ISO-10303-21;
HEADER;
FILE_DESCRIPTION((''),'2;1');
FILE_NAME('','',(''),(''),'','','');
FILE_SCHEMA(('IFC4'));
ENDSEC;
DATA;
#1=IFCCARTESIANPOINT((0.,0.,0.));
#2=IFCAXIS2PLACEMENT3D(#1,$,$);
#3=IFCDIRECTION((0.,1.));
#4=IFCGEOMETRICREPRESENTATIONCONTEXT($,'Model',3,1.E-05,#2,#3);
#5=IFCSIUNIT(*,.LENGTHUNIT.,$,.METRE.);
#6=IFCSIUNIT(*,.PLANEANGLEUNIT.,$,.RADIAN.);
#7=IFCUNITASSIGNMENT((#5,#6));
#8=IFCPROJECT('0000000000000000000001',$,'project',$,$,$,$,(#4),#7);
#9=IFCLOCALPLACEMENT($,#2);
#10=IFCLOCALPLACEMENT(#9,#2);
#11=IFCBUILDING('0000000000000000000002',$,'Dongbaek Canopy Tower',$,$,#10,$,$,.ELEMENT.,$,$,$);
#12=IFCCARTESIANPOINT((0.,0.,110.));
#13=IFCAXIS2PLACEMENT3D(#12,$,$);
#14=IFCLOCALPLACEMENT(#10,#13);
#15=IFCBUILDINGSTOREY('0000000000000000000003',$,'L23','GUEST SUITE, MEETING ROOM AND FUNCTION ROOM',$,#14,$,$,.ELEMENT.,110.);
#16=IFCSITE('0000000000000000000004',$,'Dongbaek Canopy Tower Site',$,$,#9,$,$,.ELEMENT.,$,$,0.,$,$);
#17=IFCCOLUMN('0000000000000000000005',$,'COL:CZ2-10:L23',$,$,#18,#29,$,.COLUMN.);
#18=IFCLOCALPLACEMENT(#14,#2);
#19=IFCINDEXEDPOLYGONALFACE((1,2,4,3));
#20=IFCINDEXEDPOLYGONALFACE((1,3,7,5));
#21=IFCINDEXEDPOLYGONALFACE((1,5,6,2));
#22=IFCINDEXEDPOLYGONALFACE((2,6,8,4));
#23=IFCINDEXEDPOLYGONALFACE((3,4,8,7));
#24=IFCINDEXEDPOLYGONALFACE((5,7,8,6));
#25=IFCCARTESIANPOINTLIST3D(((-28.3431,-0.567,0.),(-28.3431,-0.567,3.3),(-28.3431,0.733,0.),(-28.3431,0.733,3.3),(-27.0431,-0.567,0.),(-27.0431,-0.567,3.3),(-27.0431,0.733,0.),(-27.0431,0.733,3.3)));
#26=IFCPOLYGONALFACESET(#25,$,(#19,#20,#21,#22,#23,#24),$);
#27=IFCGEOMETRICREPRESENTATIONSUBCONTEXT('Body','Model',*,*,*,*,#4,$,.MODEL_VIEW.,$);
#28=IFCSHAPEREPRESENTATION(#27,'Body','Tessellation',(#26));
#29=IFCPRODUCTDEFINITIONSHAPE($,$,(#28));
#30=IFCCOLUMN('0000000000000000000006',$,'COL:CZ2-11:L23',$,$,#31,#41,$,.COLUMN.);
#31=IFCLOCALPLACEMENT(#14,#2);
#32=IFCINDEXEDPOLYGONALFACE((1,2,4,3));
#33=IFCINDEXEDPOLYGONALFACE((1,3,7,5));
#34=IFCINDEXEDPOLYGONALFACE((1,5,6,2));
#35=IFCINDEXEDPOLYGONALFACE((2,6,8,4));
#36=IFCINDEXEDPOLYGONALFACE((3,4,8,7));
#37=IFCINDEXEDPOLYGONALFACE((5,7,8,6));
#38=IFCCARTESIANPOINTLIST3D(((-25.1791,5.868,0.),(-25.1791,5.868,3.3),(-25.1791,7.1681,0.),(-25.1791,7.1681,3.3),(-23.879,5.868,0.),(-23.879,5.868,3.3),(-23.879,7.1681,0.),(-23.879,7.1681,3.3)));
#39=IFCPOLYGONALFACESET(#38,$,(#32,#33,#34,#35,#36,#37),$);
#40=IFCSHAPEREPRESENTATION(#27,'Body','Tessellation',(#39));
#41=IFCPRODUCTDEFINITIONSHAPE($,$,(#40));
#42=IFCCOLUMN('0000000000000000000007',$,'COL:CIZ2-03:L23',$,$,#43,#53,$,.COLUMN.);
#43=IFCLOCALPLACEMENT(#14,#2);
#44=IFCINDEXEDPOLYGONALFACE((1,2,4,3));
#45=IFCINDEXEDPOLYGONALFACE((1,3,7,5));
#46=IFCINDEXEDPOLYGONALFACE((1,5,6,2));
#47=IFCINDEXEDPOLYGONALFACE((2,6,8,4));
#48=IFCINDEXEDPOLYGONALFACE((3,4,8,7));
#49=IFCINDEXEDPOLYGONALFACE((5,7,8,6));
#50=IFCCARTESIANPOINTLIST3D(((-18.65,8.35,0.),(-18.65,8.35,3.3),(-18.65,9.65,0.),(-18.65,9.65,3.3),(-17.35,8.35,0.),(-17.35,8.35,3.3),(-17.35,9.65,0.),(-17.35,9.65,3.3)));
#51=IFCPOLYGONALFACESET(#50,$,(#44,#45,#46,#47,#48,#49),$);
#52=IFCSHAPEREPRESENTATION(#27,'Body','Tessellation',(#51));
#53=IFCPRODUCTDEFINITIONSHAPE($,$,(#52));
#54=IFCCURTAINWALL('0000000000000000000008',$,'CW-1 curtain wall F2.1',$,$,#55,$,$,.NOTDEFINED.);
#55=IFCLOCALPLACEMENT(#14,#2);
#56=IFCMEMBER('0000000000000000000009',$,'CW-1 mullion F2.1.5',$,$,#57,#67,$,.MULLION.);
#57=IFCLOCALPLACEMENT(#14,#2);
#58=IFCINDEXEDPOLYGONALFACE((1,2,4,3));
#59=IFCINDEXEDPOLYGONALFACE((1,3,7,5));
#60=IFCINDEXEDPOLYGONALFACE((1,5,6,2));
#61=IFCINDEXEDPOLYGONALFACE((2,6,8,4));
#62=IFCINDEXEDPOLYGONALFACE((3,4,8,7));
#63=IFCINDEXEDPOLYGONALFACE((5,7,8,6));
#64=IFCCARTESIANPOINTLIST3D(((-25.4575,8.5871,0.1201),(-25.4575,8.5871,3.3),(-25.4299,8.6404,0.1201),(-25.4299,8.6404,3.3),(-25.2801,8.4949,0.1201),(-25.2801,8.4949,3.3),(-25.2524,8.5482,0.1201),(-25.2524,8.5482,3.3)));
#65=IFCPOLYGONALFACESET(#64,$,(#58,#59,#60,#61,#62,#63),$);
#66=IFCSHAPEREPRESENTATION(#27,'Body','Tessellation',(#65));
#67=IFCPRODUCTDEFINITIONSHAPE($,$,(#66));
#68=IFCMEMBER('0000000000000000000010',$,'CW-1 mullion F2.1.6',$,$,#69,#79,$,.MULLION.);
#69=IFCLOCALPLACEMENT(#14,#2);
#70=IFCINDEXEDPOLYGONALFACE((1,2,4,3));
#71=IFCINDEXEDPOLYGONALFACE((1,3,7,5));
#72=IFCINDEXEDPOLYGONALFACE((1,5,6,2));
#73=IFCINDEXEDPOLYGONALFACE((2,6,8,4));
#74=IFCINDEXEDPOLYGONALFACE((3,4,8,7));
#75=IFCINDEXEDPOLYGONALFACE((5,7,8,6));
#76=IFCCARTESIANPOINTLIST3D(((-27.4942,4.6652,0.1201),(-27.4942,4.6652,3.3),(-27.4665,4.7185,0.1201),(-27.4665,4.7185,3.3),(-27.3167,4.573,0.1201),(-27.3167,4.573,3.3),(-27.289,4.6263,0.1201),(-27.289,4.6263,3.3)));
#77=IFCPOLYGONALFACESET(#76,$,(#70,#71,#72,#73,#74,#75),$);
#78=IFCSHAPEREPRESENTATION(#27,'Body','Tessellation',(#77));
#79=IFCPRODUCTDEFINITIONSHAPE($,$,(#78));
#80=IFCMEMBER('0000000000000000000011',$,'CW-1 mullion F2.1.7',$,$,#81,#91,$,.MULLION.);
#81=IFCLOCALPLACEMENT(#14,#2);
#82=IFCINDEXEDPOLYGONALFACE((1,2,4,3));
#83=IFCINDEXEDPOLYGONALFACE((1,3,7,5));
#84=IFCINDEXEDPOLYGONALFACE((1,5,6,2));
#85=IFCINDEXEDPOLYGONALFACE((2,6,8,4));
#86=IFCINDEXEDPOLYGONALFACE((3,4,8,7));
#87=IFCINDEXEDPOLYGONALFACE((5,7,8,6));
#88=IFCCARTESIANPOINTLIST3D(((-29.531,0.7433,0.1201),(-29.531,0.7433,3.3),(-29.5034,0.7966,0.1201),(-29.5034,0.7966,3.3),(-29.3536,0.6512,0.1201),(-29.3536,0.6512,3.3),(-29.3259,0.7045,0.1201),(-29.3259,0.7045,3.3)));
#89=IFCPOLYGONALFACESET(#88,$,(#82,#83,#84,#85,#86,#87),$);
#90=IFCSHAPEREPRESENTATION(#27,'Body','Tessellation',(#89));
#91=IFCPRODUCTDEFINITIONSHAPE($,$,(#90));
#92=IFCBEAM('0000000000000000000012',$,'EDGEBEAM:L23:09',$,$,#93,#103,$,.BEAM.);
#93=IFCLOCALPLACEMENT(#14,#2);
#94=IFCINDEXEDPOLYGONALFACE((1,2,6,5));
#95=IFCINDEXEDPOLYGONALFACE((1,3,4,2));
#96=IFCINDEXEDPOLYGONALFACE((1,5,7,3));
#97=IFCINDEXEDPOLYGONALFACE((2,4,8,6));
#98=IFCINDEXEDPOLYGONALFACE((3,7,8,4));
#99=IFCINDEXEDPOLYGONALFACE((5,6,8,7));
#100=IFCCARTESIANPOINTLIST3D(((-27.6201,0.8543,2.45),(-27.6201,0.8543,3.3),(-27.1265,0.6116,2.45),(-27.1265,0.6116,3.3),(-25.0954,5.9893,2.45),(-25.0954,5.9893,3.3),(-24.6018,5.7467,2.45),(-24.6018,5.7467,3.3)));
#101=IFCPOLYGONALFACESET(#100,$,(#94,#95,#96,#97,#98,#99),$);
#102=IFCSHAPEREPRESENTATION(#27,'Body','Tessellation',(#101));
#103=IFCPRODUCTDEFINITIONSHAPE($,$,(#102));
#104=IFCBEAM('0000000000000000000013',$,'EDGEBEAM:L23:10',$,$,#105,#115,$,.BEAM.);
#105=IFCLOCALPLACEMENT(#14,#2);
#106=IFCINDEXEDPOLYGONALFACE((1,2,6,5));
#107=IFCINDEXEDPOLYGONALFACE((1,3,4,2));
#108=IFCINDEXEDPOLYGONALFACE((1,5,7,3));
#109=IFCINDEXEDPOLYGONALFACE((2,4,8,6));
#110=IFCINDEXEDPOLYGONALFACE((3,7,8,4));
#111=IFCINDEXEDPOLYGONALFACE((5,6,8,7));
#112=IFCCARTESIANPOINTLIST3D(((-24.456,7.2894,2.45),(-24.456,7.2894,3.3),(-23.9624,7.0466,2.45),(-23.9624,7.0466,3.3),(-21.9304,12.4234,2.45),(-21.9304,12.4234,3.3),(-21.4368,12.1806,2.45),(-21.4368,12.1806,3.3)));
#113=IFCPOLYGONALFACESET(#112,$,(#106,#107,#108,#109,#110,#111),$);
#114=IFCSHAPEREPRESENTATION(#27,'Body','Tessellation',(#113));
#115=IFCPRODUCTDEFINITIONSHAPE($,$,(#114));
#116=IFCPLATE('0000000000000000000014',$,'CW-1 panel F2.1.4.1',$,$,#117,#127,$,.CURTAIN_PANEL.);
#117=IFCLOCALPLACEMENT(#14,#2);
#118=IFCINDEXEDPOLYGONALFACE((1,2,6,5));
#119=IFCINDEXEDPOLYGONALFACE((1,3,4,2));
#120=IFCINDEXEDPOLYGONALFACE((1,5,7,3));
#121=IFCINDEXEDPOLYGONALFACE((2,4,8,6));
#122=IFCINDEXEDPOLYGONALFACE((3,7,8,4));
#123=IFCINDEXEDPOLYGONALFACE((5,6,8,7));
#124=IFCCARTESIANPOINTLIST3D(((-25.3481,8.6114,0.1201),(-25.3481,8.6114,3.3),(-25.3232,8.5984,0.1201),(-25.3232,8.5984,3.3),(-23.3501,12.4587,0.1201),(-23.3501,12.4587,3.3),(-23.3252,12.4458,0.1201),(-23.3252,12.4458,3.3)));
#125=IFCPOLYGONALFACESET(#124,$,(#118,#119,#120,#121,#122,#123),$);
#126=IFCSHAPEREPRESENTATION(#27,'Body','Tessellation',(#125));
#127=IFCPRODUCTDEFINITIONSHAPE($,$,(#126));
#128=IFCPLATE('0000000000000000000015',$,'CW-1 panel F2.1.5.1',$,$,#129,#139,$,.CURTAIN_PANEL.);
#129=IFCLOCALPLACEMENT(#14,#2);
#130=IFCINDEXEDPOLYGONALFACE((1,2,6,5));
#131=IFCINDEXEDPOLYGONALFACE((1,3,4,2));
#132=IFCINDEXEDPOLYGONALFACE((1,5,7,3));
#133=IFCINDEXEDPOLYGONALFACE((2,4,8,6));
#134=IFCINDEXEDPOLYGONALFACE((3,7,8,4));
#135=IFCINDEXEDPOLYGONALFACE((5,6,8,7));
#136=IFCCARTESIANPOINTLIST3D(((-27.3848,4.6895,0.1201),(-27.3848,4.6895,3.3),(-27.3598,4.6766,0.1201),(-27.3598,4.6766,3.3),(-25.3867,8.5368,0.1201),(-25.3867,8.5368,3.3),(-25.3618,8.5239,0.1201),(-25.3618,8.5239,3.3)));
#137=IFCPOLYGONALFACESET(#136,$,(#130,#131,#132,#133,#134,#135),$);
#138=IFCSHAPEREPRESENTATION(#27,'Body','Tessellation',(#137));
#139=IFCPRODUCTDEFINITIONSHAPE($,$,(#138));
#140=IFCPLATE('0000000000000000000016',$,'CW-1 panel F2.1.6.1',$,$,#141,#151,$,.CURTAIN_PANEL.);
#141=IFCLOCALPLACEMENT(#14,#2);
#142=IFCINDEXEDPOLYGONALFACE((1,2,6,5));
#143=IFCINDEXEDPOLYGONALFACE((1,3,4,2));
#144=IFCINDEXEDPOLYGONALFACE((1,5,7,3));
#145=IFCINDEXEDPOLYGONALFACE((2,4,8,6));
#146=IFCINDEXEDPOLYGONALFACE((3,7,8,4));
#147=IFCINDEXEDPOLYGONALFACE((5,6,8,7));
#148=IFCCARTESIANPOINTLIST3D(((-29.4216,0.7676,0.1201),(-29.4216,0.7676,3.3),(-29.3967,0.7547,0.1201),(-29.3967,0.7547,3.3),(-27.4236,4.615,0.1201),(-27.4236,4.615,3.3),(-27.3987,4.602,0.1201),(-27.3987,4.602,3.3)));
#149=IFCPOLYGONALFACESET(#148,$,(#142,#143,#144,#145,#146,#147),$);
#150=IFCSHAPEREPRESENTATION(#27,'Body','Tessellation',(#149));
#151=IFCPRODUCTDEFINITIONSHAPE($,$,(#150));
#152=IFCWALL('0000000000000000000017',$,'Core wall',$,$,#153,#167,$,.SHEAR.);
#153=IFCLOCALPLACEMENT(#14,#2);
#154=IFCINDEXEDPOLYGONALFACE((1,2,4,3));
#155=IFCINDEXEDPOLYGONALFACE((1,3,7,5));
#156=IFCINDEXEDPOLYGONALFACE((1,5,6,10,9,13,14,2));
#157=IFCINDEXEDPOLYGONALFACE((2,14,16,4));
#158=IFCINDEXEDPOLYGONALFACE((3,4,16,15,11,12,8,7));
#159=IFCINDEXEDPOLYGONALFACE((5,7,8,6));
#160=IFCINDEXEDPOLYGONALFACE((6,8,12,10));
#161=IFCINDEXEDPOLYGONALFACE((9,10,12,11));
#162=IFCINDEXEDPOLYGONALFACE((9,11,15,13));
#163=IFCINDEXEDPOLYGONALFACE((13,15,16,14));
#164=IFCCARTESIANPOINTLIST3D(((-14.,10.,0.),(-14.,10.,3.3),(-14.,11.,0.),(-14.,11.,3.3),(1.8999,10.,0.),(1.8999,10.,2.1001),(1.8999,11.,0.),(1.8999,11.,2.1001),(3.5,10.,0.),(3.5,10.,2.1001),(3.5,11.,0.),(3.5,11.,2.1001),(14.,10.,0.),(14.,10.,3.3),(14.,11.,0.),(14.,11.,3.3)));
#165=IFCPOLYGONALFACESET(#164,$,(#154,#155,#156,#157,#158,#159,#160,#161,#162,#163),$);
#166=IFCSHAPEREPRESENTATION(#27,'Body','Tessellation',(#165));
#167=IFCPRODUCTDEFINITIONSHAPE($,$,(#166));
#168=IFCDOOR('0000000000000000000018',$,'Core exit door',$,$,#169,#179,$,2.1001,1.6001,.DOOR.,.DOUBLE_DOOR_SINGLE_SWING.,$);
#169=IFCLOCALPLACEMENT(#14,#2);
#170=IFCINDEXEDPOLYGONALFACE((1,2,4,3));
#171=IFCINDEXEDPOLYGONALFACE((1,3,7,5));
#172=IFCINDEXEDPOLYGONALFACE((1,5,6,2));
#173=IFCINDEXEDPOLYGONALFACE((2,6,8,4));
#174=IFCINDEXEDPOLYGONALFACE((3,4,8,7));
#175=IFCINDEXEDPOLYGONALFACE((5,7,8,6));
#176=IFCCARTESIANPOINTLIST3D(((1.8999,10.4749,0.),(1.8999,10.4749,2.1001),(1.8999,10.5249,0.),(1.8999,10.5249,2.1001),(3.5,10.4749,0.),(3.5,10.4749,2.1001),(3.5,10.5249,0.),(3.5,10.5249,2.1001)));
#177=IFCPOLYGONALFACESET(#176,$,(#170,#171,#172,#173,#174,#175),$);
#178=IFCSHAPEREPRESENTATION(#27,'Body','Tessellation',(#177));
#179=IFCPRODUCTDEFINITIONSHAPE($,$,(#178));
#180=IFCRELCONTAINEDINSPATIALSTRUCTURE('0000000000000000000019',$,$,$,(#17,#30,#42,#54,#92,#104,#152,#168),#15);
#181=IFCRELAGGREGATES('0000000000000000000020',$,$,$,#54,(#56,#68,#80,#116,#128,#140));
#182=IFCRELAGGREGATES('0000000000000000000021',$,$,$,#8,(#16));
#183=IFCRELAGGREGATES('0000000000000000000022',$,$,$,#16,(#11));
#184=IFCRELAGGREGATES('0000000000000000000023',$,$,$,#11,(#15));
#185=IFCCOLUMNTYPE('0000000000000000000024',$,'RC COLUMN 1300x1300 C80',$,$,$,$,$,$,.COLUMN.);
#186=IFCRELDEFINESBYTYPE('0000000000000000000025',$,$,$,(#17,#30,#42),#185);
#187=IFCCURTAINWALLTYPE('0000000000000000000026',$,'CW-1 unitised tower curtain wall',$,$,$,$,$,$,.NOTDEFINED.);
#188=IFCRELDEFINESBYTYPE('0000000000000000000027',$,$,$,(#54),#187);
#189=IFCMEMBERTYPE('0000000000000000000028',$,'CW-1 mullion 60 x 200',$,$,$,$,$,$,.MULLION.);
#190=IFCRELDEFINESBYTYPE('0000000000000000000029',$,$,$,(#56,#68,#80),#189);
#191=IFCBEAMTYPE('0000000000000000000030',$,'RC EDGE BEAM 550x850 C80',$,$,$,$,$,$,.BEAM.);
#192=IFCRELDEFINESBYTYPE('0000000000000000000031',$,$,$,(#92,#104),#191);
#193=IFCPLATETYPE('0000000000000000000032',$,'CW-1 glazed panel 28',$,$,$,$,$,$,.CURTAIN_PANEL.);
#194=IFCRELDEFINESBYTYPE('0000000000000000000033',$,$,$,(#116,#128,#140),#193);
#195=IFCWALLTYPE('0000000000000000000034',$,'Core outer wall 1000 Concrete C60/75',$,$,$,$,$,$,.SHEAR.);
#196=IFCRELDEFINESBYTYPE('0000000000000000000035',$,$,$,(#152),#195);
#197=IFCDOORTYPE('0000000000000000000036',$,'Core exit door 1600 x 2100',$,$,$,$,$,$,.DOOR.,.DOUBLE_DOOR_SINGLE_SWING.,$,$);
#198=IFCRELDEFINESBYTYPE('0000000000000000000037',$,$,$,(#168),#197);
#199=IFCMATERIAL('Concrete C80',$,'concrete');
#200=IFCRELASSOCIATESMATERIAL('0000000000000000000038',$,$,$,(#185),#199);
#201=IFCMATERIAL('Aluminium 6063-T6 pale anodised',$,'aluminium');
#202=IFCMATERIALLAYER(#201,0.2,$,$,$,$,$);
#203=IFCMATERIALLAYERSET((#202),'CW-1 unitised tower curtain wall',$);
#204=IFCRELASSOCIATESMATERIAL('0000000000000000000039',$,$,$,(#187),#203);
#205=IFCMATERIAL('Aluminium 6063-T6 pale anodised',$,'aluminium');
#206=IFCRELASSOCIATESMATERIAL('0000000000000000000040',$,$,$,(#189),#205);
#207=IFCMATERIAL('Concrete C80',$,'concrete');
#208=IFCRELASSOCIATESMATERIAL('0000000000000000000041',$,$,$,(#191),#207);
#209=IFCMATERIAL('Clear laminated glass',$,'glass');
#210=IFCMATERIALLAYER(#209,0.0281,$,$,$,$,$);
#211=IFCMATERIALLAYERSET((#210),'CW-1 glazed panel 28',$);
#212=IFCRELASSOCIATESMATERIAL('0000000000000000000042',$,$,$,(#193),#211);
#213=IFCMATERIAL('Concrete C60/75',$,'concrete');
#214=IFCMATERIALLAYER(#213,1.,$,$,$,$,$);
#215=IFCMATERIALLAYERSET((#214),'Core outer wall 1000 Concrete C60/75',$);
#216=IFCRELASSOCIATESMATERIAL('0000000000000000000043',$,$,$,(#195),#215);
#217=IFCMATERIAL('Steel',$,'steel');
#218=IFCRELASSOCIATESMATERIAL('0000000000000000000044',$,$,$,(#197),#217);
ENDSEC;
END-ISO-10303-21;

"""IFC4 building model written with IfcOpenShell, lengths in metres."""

from ifc_helpers import new_model, si_unit, direction, frame, frame_2d, origin, origin_2d, place, context, subcontext, project, spatial, rectangle, extrude, material, layer, layer_set, material_profile, profile_set, type_object, element, fill, aggregate, save


model = new_model("IFC4")

# Units and contexts
model_context = context("Model", 3, precision=1e-05, world=origin(), true_north=direction((0.0, 1.0)))
body_context = subcontext(model_context, "Body", "Model", "MODEL_VIEW")
ifc_project = project(units=[si_unit("LENGTHUNIT", "METRE"), si_unit("PLANEANGLEUNIT", "RADIAN")], contexts=[model_context])

# Site, building, storey
site_placement = place(None, origin())
site = spatial("IfcSite", under=ifc_project, at=site_placement, Name="Dongbaek Canopy Tower Site", CompositionType="ELEMENT", RefElevation=0.0)
building_placement = place(site_placement, origin())
building = spatial("IfcBuilding", under=site, at=building_placement, Name="Dongbaek Canopy Tower", CompositionType="ELEMENT")
storey_placement = place(building_placement, frame((0.0, 0.0, 110.0)))
storey = spatial("IfcBuildingStorey", under=building, at=storey_placement, Name="L23", Description="GUEST SUITE, MEETING ROOM AND FUNCTION ROOM", CompositionType="ELEMENT", Elevation=110.0)

# Columns
ifc_material_1 = material(Name="Concrete C80", Category="concrete")
ifc_material_profile_1 = material_profile(ifc_material_1, rectangle(XDim=1.3, YDim=1.3, at=origin_2d()), Name="RC COLUMN 1300x1300 C80")
ifc_profile_set_1 = profile_set([ifc_material_profile_1], Name="Concrete C80")
column_type = type_object("IfcColumnType", Name="RC COLUMN 1300x1300 C80", PredefinedType="COLUMN", material=ifc_profile_set_1)
for number, where, z_axis, x_axis, name in (
    (1, (-27.6931, 0.083, 0.0), (0.0, 0.0, 1.0), (1.0, 0.0, 0.0), "COL:CZ2-10:L23"),
    (2, (-24.5291, 6.5181, 0.0), (0.0, 0.0, 1.0), (1.0, 0.0, 0.0), "COL:CZ2-11:L23"),
    (3, (-18.0, 9.0, 0.0), (0.0, 0.0, 1.0), (1.0, 0.0, 0.0), "COL:CIZ2-03:L23"),
):
    element("IfcColumn", number, at=place(storey_placement, frame(where, z_axis=z_axis, x_axis=x_axis)), inside=storey, type_object=column_type, Name=name, PredefinedType="COLUMN", context=body_context, shape_type="SweptSolid", body=[
        extrude(rectangle(XDim=1.3, YDim=1.3, at=origin_2d()), origin(), (0.0, 0.0, 1.0), 3.3),
    ])

# Curtain wall, members
ifc_material_2 = material(Name="Aluminium 6063-T6 pale anodised", Category="aluminium")
ifc_layer_1 = layer(ifc_material_2, 0.2)
ifc_layer_set_1 = layer_set([ifc_layer_1], Name="CW-1 unitised tower curtain wall")
curtain_wall_type = type_object("IfcCurtainWallType", Name="CW-1 unitised tower curtain wall", PredefinedType="NOTDEFINED", material=ifc_layer_set_1)
curtain_wall_placement = place(storey_placement, origin())
curtain_wall = element("IfcCurtainWall", 4, at=curtain_wall_placement, inside=storey, type_object=curtain_wall_type, Name="CW-1 curtain wall F2.1", PredefinedType="NOTDEFINED")
ifc_material_3 = material(Name="Aluminium 6063-T6 pale anodised", Category="aluminium")
ifc_material_profile_2 = material_profile(ifc_material_3, rectangle(XDim=0.2, YDim=0.0601, at=origin_2d()), Name="CW-1 mullion 60 x 200")
ifc_profile_set_2 = profile_set([ifc_material_profile_2], Name="Aluminium 6063-T6 pale anodised")
member_type = type_object("IfcMemberType", Name="CW-1 mullion 60 x 200", PredefinedType="MULLION", material=ifc_profile_set_2)
member_1_placement = place(storey_placement, frame((-25.355, 8.5676, 0.1201), z_axis=(0.0, 0.0, 1.0), x_axis=(-0.887463, 0.46088, 0.0)))
member_1 = element("IfcMember", 5, at=member_1_placement, type_object=member_type, Name="CW-1 mullion F2.1.5", PredefinedType="MULLION", context=body_context, shape_type="SweptSolid", body=[
    extrude(rectangle(XDim=0.2, YDim=0.0601, at=origin_2d()), origin(), (0.0, 0.0, 1.0), 3.1799),
])
member_2_placement = place(storey_placement, frame((-27.3916, 4.6458, 0.1201), z_axis=(0.0, 0.0, 1.0), x_axis=(-0.887463, 0.46088, 0.0)))
member_2 = element("IfcMember", 6, at=member_2_placement, type_object=member_type, Name="CW-1 mullion F2.1.6", PredefinedType="MULLION", context=body_context, shape_type="SweptSolid", body=[
    extrude(rectangle(XDim=0.2, YDim=0.0601, at=origin_2d()), origin(), (0.0, 0.0, 1.0), 3.1799),
])
member_3_placement = place(storey_placement, frame((-29.4285, 0.7239, 0.1201), z_axis=(0.0, 0.0, 1.0), x_axis=(-0.887463, 0.46088, 0.0)))
member_3 = element("IfcMember", 7, at=member_3_placement, type_object=member_type, Name="CW-1 mullion F2.1.7", PredefinedType="MULLION", context=body_context, shape_type="SweptSolid", body=[
    extrude(rectangle(XDim=0.2, YDim=0.0601, at=origin_2d()), origin(), (0.0, 0.0, 1.0), 3.1799),
])

# Beams
ifc_material_4 = material(Name="Concrete C80", Category="concrete")
ifc_material_profile_3 = material_profile(ifc_material_4, rectangle(XDim=0.55, YDim=0.8501, at=origin_2d()), Name="RC EDGE BEAM 550x850 C80")
ifc_profile_set_3 = profile_set([ifc_material_profile_3], Name="Concrete C80")
beam_type = type_object("IfcBeamType", Name="RC EDGE BEAM 550x850 C80", PredefinedType="BEAM", material=ifc_profile_set_3)
beam_1_placement = place(storey_placement, frame((-27.3733, 0.7329, 2.875), z_axis=(0.441213, 0.897402, 0.0), x_axis=(-0.897402, 0.441213, 0.0)))
element("IfcBeam", 8, at=beam_1_placement, inside=storey, type_object=beam_type, Name="EDGEBEAM:L23:09", PredefinedType="BEAM", context=body_context, shape_type="SweptSolid", body=[
    extrude(rectangle(XDim=0.55, YDim=0.8501, at=origin_2d()), origin(), (0.0, 0.0, 1.0), 5.7222),
])
beam_2_placement = place(storey_placement, frame((-24.2092, 7.168, 2.875), z_axis=(0.441418, 0.897301, 0.0), x_axis=(-0.897301, 0.441418, 0.0)))
element("IfcBeam", 9, at=beam_2_placement, inside=storey, type_object=beam_type, Name="EDGEBEAM:L23:10", PredefinedType="BEAM", context=body_context, shape_type="SweptSolid", body=[
    extrude(rectangle(XDim=0.55, YDim=0.8501, at=origin_2d()), origin(), (0.0, 0.0, 1.0), 5.7217),
])

# Plates
ifc_material_5 = material(Name="Clear laminated glass", Category="glass")
ifc_layer_2 = layer(ifc_material_5, 0.0281)
ifc_layer_set_2 = layer_set([ifc_layer_2], Name="CW-1 glazed panel 28")
plate_type = type_object("IfcPlateType", Name="CW-1 glazed panel 28", PredefinedType="CURTAIN_PANEL", material=ifc_layer_set_2)
plate_1_placement = place(storey_placement, frame((-24.3367, 10.5286, 0.1201), z_axis=(0.0, 0.0, 1.0), x_axis=(-0.46088, -0.887463, 0.0)))
plate_1 = element("IfcPlate", 10, at=plate_1_placement, type_object=plate_type, Name="CW-1 panel F2.1.4.1", PredefinedType="CURTAIN_PANEL", context=body_context, shape_type="SweptSolid", body=[
    extrude(rectangle(XDim=4.3352, YDim=0.0281, at=origin_2d()), origin(), (0.0, 0.0, 1.0), 3.1799),
])
plate_2_placement = place(storey_placement, frame((-26.3733, 6.6067, 0.1201), z_axis=(0.0, 0.0, 1.0), x_axis=(-0.46088, -0.887463, 0.0)))
plate_2 = element("IfcPlate", 11, at=plate_2_placement, type_object=plate_type, Name="CW-1 panel F2.1.5.1", PredefinedType="CURTAIN_PANEL", context=body_context, shape_type="SweptSolid", body=[
    extrude(rectangle(XDim=4.3352, YDim=0.0281, at=origin_2d()), origin(), (0.0, 0.0, 1.0), 3.1799),
])
plate_3_placement = place(storey_placement, frame((-28.4102, 2.6848, 0.1201), z_axis=(0.0, 0.0, 1.0), x_axis=(-0.46088, -0.887463, 0.0)))
plate_3 = element("IfcPlate", 12, at=plate_3_placement, type_object=plate_type, Name="CW-1 panel F2.1.6.1", PredefinedType="CURTAIN_PANEL", context=body_context, shape_type="SweptSolid", body=[
    extrude(rectangle(XDim=4.3352, YDim=0.0281, at=origin_2d()), origin(), (0.0, 0.0, 1.0), 3.1799),
])

# Wall, opening, door
ifc_material_6 = material(Name="Concrete C60/75", Category="concrete")
ifc_layer_3 = layer(ifc_material_6, 1.0)
ifc_layer_set_3 = layer_set([ifc_layer_3], Name="Core outer wall 1000 Concrete C60/75")
wall_type_1 = type_object("IfcWallType", Name="Core outer wall 1000 Concrete C60/75", PredefinedType="SHEAR", material=ifc_layer_set_3)
wall_1_placement = place(storey_placement, frame((-14.0, 10.5, 0.0), z_axis=(0.0, 0.0, 1.0), x_axis=(1.0, 0.0, 0.0)))
wall_1 = element("IfcWall", 13, at=wall_1_placement, inside=storey, type_object=wall_type_1, Name="Core wall", PredefinedType="SHEAR", context=body_context, shape_type="SweptSolid", body=[
    extrude(rectangle(XDim=28.0, YDim=1.0, at=frame_2d((14.0, 0.0))), origin(), (0.0, 0.0, 1.0), 3.3),
])
opening_1_placement = place(wall_1_placement, frame((15.8999, 0.0, 0.0)))
opening_1 = element("IfcOpeningElement", 14, at=opening_1_placement, cuts=wall_1, PredefinedType="OPENING", context=body_context, shape_type="SweptSolid", body=[
    extrude(rectangle(XDim=1.6001, YDim=2.1001, at=frame_2d((0.8, 1.05))), frame((0.0, 0.51, 0.0), z_axis=(0.0, -1.0, 0.0), x_axis=(1.0, 0.0, 0.0)), (0.0, 0.0, 1.0), 1.02),
])
ifc_material_7 = material(Name="Steel", Category="steel")
door_type_1 = type_object("IfcDoorType", Name="Core exit door 1600 x 2100", OperationType="DOUBLE_DOOR_SINGLE_SWING", PredefinedType="DOOR", material=ifc_material_7)
door_1_placement = place(opening_1_placement, origin())
door_1 = element("IfcDoor", 15, at=door_1_placement, inside=storey, type_object=door_type_1, Name="Core exit door", OperationType="DOUBLE_DOOR_SINGLE_SWING", OverallHeight=2.1001, OverallWidth=1.6001, PredefinedType="DOOR", context=body_context, shape_type="SweptSolid", body=[
    extrude(rectangle(XDim=1.6001, YDim=2.1001, at=frame_2d((0.8, 1.05))), frame((0.0, 0.0249, 0.0), z_axis=(0.0, -1.0, 0.0), x_axis=(1.0, 0.0, 0.0)), (0.0, 0.0, 1.0), 0.05),
])
fill(opening_1, door_1)

aggregate(curtain_wall, [member_1, member_2, member_3, plate_1, plate_2, plate_3])

save(model, "model.ifc")
